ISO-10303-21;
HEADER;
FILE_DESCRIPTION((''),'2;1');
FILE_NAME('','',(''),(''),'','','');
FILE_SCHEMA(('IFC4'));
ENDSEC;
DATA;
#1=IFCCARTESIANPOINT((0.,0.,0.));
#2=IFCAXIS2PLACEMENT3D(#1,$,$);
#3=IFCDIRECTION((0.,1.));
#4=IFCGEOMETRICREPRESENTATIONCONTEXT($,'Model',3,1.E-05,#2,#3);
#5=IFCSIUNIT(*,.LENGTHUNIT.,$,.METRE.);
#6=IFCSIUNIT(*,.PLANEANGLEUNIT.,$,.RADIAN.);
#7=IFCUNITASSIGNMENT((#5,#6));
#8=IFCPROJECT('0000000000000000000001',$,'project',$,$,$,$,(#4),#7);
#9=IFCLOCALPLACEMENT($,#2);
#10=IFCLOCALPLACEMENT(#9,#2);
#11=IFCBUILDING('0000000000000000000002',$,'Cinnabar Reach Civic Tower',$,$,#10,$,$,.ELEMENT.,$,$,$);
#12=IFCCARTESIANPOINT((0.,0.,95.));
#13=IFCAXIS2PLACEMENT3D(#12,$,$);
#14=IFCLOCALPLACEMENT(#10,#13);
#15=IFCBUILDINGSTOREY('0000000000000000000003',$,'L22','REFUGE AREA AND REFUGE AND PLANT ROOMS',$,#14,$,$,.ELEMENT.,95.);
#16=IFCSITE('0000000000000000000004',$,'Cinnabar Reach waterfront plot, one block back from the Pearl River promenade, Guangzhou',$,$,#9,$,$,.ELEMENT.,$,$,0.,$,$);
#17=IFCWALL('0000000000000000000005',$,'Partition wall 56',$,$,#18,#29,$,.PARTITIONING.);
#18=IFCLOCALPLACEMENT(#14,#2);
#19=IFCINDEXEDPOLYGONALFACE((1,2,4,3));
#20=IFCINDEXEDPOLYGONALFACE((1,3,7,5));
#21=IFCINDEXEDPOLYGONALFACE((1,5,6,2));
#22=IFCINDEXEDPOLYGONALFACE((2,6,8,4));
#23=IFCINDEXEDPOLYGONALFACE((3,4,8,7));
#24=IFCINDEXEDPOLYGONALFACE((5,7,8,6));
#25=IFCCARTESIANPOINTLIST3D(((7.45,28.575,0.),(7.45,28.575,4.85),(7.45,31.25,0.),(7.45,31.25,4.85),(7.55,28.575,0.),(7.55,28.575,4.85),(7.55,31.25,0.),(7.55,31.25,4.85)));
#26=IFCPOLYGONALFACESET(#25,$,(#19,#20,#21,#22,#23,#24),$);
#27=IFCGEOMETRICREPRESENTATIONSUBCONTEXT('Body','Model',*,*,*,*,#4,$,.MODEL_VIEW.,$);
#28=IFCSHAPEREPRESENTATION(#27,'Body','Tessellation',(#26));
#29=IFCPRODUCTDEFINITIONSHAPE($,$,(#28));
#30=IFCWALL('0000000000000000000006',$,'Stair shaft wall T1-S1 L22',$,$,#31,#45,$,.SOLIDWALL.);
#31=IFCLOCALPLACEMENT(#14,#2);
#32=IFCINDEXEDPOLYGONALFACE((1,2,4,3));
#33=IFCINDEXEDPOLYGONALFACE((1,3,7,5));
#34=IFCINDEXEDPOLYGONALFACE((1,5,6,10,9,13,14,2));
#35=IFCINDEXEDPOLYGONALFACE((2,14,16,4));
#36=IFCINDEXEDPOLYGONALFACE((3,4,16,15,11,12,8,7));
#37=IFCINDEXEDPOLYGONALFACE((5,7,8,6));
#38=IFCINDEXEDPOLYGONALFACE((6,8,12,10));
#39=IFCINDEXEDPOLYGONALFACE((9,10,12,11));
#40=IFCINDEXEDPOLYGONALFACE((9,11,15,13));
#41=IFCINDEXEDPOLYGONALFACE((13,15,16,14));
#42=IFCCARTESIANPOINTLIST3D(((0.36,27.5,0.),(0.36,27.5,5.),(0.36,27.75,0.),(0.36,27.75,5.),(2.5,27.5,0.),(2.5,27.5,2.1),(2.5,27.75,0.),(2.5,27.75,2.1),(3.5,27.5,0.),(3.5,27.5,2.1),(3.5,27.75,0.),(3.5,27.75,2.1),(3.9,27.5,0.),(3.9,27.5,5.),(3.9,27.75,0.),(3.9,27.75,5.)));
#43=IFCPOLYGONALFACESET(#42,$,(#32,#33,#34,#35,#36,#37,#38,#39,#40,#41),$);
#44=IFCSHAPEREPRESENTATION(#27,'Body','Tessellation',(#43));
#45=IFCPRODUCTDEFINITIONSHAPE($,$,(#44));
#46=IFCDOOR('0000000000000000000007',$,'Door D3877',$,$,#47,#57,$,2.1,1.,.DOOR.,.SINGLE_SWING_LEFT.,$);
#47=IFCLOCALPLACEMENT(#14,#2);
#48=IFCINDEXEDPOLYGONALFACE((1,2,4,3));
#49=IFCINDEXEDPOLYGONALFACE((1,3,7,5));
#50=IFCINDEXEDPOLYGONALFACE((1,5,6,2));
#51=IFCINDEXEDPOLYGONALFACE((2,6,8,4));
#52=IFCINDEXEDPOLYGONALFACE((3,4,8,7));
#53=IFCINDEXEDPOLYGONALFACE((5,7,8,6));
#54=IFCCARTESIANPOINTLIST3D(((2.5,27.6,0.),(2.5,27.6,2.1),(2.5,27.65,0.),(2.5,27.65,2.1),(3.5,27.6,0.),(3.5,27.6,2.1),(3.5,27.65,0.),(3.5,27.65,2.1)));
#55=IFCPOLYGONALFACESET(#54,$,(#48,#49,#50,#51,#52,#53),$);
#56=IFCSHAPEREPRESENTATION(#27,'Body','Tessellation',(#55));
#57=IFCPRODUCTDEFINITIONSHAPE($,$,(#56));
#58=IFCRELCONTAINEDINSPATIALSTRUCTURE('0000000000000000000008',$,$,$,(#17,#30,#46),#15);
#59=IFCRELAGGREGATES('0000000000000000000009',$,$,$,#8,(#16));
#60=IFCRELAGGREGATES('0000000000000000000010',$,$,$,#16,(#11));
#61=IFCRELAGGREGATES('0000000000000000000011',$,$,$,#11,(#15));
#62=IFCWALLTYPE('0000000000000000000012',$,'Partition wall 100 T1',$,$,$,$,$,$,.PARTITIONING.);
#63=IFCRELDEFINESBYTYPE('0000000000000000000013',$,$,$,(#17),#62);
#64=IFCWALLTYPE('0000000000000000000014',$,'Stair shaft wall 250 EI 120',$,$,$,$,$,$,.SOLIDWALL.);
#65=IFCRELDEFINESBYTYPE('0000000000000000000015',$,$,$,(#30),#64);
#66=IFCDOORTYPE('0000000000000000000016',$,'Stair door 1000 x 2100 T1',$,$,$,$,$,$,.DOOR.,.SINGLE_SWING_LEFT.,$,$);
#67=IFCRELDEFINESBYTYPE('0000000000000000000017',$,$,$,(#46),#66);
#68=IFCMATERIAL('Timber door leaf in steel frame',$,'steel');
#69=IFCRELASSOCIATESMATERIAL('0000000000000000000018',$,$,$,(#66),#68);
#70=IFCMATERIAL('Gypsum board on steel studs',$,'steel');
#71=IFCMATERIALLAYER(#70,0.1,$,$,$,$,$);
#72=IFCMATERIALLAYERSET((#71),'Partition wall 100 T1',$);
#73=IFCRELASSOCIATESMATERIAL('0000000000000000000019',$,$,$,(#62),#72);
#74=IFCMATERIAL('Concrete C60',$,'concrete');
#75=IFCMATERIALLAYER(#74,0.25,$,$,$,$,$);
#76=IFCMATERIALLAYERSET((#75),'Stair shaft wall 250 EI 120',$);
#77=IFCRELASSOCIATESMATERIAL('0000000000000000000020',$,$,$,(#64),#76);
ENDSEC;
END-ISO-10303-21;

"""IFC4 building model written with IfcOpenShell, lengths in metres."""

from ifc_helpers import new_model, si_unit, direction, frame, frame_2d, origin, place, context, subcontext, project, spatial, rectangle, extrude, material, layer, layer_set, type_object, element, fill, save


model = new_model("IFC4")

# Units and contexts
model_context = context("Model", 3, precision=1e-05, world=origin(), true_north=direction((0.0, 1.0)))
body_context = subcontext(model_context, "Body", "Model", "MODEL_VIEW")
ifc_project = project(units=[si_unit("LENGTHUNIT", "METRE"), si_unit("PLANEANGLEUNIT", "RADIAN")], contexts=[model_context])

# Site, building, storey
site_placement = place(None, origin())
site = spatial("IfcSite", under=ifc_project, at=site_placement, Name="Cinnabar Reach waterfront plot, one block back from the Pearl River promenade, Guangzhou", CompositionType="ELEMENT", RefElevation=0.0)
building_placement = place(site_placement, origin())
building = spatial("IfcBuilding", under=site, at=building_placement, Name="Cinnabar Reach Civic Tower", CompositionType="ELEMENT")
storey_placement = place(building_placement, frame((0.0, 0.0, 95.0)))
storey = spatial("IfcBuildingStorey", under=building, at=storey_placement, Name="L22", Description="REFUGE AREA AND REFUGE AND PLANT ROOMS", CompositionType="ELEMENT", Elevation=95.0)

# Shared definitions
ifc_material_1 = material(Name="Concrete C60", Category="concrete")

# Shared definitions
ifc_material_2 = material(Name="Timber door leaf in steel frame", Category="steel")
door_type_1 = type_object("IfcDoorType", Name="Stair door 1000 x 2100 T1", OperationType="SINGLE_SWING_LEFT", PredefinedType="DOOR", material=ifc_material_2)

# Wall
ifc_material_3 = material(Name="Gypsum board on steel studs", Category="steel")
ifc_layer_1 = layer(ifc_material_3, 0.1)
ifc_layer_set_1 = layer_set([ifc_layer_1], Name="Partition wall 100 T1")
wall_type_1 = type_object("IfcWallType", Name="Partition wall 100 T1", PredefinedType="PARTITIONING", material=ifc_layer_set_1)
wall_1_placement = place(storey_placement, frame((7.5, 28.575, 0.0), z_axis=(0.0, 0.0, 1.0), x_axis=(0.0, 1.0, 0.0)))
element("IfcWall", 1, at=wall_1_placement, inside=storey, type_object=wall_type_1, Name="Partition wall 56", PredefinedType="PARTITIONING", context=body_context, shape_type="SweptSolid", body=[
    extrude(rectangle(XDim=2.675, YDim=0.1, at=frame_2d((1.3375, 0.0))), origin(), (0.0, 0.0, 1.0), 4.85),
])

# Wall, opening, door
ifc_layer_2 = layer(ifc_material_1, 0.25)
ifc_layer_set_2 = layer_set([ifc_layer_2], Name="Stair shaft wall 250 EI 120")
wall_type_2 = type_object("IfcWallType", Name="Stair shaft wall 250 EI 120", PredefinedType="SOLIDWALL", material=ifc_layer_set_2)
wall_2_placement = place(storey_placement, frame((3.9, 27.625, 0.0), z_axis=(0.0, 0.0, 1.0), x_axis=(-1.0, 0.0, 0.0)))
wall_2 = element("IfcWall", 2, at=wall_2_placement, inside=storey, type_object=wall_type_2, Name="Stair shaft wall T1-S1 L22", PredefinedType="SOLIDWALL", context=body_context, shape_type="SweptSolid", body=[
    extrude(rectangle(XDim=3.54, YDim=0.25, at=frame_2d((1.77, 0.0))), origin(), (0.0, 0.0, 1.0), 5.0),
])
opening_1_placement = place(wall_2_placement, frame((0.4, 0.0, 0.0)))
opening_1 = element("IfcOpeningElement", 3, at=opening_1_placement, cuts=wall_2, PredefinedType="OPENING", context=body_context, shape_type="SweptSolid", body=[
    extrude(rectangle(XDim=1.0, YDim=2.1, at=frame_2d((0.5, 1.05))), frame((0.0, 0.135, 0.0), z_axis=(0.0, -1.0, 0.0), x_axis=(1.0, 0.0, 0.0)), (0.0, 0.0, 1.0), 0.27),
])
door_1_placement = place(opening_1_placement, origin())
door_1 = element("IfcDoor", 4, at=door_1_placement, inside=storey, type_object=door_type_1, Name="Door D3877", OperationType="SINGLE_SWING_LEFT", OverallHeight=2.1, OverallWidth=1.0, PredefinedType="DOOR", context=body_context, shape_type="SweptSolid", body=[
    extrude(rectangle(XDim=1.0, YDim=2.1, at=frame_2d((0.5, 1.05))), frame((0.0, 0.025, 0.0), z_axis=(0.0, -1.0, 0.0), x_axis=(1.0, 0.0, 0.0)), (0.0, 0.0, 1.0), 0.05),
])
fill(opening_1, door_1)

save(model, "model.ifc")
